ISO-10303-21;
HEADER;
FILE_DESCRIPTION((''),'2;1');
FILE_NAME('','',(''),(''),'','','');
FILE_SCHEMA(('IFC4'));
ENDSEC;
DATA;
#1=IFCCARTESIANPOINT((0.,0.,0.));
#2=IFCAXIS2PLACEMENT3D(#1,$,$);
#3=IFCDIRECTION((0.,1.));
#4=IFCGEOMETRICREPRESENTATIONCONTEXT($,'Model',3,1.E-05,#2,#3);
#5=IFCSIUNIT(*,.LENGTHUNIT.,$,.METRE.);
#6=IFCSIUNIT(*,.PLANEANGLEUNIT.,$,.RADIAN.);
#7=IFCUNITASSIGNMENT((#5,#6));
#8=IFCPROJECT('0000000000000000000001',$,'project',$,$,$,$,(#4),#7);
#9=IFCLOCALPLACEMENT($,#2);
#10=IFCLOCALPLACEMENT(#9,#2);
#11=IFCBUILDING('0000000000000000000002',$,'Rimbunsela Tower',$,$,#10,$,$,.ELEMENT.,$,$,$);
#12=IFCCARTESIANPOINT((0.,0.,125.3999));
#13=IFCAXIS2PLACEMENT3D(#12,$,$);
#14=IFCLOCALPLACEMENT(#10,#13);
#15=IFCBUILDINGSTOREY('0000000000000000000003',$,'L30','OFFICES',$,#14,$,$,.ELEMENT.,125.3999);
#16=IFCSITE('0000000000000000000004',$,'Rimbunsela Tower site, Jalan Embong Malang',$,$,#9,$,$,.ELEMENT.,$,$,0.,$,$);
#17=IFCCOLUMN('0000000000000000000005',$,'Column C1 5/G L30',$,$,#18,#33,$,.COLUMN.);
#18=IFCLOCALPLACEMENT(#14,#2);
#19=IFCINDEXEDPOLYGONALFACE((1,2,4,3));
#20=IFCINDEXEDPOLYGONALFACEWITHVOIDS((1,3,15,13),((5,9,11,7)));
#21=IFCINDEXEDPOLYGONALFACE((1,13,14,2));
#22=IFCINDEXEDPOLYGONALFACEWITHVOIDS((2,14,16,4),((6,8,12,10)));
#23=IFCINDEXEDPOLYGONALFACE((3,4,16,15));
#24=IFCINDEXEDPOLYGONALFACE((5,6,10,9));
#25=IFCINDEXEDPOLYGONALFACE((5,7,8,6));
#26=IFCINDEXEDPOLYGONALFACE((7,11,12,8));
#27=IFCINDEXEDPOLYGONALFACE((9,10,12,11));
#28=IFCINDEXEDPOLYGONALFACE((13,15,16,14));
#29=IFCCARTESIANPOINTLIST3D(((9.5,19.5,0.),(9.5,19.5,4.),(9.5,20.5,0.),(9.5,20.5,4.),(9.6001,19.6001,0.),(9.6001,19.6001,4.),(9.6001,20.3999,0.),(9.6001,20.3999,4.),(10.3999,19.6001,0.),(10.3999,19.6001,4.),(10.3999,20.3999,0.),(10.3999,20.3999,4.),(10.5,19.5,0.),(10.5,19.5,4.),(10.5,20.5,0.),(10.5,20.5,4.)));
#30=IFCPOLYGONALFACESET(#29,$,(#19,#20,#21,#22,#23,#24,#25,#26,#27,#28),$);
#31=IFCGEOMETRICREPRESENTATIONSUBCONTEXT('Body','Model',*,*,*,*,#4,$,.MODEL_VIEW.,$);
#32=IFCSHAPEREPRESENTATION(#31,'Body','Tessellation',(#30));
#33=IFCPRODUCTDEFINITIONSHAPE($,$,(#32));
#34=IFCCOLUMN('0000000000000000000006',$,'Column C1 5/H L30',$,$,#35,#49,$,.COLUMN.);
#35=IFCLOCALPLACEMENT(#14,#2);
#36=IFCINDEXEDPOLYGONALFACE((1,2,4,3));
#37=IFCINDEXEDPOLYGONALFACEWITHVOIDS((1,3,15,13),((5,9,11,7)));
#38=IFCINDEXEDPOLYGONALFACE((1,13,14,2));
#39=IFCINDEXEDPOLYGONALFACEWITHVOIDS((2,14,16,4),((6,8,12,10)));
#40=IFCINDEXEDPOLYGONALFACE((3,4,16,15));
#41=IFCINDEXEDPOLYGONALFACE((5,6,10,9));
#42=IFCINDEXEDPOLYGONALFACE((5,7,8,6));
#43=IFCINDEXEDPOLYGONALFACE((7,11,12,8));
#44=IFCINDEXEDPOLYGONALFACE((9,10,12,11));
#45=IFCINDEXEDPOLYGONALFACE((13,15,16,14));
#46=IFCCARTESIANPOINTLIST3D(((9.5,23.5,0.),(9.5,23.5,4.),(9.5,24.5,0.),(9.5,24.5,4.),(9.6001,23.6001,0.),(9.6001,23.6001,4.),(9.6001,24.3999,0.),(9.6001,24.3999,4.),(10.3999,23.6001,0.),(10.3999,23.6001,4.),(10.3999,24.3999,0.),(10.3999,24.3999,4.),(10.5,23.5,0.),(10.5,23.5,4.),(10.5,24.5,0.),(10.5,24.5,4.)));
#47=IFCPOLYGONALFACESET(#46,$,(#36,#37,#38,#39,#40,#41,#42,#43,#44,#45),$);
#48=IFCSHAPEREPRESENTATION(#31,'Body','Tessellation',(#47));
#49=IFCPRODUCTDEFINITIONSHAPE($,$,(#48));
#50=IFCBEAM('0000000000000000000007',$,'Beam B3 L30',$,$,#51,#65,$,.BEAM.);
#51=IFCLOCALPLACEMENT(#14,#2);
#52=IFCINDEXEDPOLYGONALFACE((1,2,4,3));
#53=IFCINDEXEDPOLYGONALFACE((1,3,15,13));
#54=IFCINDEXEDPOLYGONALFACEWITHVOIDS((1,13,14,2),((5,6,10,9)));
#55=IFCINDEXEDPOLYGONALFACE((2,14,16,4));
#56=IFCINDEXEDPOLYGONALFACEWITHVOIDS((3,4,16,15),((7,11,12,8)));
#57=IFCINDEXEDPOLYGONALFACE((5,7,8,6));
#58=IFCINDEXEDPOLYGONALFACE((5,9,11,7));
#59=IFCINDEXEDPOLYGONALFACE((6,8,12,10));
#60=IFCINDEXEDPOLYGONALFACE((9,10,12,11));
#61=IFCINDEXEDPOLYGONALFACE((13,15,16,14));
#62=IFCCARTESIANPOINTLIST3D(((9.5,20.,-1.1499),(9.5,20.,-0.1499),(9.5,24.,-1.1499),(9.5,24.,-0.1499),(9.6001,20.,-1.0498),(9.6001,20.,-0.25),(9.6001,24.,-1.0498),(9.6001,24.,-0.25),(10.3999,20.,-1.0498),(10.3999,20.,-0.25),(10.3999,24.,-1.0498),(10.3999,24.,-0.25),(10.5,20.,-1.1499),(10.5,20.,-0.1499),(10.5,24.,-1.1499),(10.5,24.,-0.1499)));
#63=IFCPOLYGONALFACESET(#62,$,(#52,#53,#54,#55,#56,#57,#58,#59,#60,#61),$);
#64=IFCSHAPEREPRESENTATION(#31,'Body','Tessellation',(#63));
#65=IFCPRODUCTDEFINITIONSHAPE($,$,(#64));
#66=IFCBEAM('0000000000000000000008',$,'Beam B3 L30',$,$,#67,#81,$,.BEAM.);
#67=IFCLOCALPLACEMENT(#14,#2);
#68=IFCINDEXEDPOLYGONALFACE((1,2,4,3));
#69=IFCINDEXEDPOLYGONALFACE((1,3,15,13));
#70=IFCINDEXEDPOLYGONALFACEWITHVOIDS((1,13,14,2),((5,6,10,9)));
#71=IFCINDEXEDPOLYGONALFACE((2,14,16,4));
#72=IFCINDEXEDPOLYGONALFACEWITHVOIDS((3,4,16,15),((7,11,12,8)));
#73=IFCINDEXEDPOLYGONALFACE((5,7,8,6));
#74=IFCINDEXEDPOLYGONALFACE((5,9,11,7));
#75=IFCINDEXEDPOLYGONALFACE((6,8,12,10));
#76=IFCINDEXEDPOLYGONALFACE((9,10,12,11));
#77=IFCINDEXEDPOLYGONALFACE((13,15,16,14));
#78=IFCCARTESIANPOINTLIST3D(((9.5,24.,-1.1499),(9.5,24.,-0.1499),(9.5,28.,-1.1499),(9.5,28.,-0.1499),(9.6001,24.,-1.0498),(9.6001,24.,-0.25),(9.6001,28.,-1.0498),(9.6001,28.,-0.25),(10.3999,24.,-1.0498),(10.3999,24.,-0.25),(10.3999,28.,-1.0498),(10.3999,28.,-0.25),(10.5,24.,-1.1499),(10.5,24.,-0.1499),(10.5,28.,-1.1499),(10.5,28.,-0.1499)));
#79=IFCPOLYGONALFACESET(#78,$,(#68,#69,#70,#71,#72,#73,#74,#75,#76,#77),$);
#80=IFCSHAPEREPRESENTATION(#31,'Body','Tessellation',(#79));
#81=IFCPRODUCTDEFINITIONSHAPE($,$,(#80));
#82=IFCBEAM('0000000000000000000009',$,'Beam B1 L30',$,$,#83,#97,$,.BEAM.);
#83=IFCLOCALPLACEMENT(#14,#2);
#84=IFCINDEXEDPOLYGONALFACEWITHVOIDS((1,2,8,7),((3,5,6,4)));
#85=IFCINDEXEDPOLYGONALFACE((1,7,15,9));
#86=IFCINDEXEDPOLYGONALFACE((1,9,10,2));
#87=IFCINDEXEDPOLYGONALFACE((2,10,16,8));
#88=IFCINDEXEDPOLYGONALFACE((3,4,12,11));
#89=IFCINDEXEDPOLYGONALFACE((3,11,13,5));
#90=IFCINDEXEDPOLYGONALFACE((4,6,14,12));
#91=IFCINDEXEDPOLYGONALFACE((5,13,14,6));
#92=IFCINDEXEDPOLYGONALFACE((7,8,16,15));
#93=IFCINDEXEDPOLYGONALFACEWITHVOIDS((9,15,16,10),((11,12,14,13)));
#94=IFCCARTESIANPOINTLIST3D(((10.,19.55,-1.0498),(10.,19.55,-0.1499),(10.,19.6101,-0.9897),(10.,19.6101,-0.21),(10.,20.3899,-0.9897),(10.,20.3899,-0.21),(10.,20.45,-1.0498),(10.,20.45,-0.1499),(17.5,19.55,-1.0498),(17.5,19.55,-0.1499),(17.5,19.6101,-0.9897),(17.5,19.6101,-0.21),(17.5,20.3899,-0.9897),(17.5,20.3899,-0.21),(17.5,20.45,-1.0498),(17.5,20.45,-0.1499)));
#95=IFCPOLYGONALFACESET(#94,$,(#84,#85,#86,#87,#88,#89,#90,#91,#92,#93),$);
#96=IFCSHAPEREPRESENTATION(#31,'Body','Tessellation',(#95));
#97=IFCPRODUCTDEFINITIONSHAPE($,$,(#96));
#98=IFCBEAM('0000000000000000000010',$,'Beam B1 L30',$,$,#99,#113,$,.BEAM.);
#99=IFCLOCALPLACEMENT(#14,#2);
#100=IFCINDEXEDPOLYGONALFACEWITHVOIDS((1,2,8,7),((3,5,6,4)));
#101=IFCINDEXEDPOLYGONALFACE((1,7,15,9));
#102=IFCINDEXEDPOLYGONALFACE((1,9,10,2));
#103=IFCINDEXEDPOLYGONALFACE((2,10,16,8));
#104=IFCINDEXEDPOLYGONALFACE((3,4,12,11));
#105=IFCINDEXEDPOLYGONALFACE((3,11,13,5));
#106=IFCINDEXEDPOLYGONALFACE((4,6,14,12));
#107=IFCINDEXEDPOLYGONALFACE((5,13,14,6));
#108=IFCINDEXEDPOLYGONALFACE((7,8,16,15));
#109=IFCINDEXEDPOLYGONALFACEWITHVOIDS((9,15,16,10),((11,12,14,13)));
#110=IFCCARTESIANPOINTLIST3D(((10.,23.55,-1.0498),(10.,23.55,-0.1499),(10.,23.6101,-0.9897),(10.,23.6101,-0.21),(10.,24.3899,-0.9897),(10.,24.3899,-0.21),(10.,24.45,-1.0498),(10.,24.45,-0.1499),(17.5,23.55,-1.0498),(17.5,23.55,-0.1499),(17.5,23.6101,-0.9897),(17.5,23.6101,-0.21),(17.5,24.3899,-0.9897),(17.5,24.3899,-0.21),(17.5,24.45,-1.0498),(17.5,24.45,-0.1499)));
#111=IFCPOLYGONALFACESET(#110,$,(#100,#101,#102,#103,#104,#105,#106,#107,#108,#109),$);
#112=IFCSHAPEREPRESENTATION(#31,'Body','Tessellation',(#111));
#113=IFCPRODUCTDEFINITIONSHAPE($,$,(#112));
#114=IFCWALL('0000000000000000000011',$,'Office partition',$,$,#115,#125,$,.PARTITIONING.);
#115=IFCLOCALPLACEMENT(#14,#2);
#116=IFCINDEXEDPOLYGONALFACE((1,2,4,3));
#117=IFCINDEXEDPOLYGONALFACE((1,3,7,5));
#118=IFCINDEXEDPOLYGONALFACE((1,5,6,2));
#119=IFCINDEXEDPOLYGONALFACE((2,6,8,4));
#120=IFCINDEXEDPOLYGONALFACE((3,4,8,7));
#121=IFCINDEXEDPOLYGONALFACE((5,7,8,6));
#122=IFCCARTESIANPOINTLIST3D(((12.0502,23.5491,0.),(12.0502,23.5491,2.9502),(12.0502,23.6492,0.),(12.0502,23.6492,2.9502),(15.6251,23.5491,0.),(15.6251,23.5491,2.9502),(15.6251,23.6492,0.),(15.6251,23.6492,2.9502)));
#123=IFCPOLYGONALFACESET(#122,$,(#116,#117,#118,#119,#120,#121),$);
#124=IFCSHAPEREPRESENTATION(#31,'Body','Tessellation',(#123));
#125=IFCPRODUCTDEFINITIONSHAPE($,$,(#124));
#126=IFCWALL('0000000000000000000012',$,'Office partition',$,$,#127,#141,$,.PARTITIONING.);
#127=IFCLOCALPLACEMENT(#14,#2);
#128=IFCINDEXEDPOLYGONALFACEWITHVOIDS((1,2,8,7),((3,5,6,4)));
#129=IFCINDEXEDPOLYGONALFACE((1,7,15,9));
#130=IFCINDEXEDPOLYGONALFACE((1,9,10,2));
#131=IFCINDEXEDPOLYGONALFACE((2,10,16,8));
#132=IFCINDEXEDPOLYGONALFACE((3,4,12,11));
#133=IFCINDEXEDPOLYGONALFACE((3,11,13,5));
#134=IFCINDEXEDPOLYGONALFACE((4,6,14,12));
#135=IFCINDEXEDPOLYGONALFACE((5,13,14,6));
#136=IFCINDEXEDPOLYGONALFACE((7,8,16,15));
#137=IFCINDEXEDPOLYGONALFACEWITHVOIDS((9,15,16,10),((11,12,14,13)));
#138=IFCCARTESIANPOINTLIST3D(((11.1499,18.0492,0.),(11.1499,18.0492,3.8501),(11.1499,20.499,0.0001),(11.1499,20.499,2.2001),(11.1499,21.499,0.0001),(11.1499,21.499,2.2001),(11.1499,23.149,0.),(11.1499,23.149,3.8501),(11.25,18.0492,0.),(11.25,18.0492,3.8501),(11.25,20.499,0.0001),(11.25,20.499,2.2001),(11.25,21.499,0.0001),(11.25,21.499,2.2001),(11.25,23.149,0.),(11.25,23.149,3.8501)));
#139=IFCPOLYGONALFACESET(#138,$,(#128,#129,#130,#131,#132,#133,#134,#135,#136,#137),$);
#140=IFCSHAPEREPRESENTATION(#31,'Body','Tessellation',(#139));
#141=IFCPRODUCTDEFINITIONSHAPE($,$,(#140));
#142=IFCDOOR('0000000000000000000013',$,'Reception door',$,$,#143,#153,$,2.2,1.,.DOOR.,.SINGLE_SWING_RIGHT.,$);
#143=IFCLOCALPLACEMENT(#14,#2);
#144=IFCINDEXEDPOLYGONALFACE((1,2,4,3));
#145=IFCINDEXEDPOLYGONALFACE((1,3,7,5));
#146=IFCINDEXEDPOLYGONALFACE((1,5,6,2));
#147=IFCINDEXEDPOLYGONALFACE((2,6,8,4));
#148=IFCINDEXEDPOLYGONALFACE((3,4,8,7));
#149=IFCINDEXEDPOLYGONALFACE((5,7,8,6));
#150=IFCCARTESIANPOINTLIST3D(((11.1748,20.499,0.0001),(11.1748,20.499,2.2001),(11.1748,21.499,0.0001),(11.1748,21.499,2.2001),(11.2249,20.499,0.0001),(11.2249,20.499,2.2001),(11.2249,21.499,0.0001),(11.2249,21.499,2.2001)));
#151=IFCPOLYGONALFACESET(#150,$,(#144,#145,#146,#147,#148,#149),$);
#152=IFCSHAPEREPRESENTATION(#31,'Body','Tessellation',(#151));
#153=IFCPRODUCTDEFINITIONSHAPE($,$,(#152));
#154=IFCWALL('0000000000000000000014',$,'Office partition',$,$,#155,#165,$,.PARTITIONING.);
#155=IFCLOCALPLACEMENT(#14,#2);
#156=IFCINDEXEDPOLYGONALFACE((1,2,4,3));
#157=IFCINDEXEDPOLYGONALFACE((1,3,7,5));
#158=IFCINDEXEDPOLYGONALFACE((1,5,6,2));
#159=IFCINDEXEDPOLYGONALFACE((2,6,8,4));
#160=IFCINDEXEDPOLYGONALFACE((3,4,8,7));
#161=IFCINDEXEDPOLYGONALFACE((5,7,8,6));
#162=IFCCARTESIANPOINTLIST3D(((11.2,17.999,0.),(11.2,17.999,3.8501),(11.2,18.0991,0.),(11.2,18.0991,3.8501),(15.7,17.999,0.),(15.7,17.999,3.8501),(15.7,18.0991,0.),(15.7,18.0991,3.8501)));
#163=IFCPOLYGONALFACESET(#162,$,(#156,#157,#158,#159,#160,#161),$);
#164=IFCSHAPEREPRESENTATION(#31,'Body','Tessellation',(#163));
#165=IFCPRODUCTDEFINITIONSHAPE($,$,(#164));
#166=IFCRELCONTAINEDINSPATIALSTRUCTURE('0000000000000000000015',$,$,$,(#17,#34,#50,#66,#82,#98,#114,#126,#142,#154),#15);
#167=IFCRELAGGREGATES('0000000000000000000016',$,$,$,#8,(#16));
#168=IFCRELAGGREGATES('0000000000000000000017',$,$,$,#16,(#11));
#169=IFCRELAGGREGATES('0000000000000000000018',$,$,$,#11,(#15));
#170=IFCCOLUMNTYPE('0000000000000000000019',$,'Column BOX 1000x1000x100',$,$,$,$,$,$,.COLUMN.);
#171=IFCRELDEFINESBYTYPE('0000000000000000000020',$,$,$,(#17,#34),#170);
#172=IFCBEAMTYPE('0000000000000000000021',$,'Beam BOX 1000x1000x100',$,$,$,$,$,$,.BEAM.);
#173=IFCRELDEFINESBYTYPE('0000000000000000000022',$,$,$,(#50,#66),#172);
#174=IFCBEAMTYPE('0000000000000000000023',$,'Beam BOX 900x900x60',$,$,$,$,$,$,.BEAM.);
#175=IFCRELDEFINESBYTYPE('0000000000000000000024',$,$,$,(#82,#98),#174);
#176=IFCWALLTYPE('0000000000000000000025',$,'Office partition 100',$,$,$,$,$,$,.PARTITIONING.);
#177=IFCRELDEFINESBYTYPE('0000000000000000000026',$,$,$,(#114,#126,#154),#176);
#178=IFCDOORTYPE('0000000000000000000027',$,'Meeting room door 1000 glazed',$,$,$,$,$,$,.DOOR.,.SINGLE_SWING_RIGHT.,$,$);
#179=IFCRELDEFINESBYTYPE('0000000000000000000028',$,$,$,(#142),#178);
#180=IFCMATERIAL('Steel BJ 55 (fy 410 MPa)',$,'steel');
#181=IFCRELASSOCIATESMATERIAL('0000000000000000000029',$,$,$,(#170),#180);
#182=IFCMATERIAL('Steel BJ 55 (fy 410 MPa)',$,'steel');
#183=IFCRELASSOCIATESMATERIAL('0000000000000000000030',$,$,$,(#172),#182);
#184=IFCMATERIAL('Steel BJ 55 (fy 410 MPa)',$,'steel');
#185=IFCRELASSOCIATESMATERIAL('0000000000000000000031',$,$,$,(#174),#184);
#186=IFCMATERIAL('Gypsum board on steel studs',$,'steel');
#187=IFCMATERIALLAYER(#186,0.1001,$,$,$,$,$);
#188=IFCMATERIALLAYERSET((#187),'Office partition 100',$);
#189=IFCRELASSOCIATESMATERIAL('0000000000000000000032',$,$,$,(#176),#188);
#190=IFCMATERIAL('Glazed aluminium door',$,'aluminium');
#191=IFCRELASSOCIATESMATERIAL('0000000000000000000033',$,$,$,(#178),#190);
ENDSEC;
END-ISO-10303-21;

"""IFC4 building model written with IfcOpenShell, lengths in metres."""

from ifc_helpers import new_model, si_unit, direction, frame, frame_2d, origin, origin_2d, place, context, subcontext, project, spatial, rectangle, hollow_rectangle, extrude, material, layer, layer_set, material_profile, profile_set, type_object, element, fill, save


model = new_model("IFC4")

# Units and contexts
model_context = context("Model", 3, precision=1e-05, world=origin(), true_north=direction((0.0, 1.0)))
body_context = subcontext(model_context, "Body", "Model", "MODEL_VIEW")
ifc_project = project(units=[si_unit("LENGTHUNIT", "METRE"), si_unit("PLANEANGLEUNIT", "RADIAN")], contexts=[model_context])

# Site, building, storey
site_placement = place(None, origin())
site = spatial("IfcSite", under=ifc_project, at=site_placement, Name="Rimbunsela Tower site, Jalan Embong Malang", CompositionType="ELEMENT", RefElevation=0.0)
building_placement = place(site_placement, origin())
building = spatial("IfcBuilding", under=site, at=building_placement, Name="Rimbunsela Tower", CompositionType="ELEMENT")
storey_placement = place(building_placement, frame((0.0, 0.0, 125.3999)))
storey = spatial("IfcBuildingStorey", under=building, at=storey_placement, Name="L30", Description="OFFICES", CompositionType="ELEMENT", Elevation=125.3999)

# Columns
ifc_material_1 = material(Name="Steel BJ 55 (fy 410 MPa)", Category="steel")
ifc_material_profile_1 = material_profile(ifc_material_1, hollow_rectangle(XDim=1.0, YDim=1.0, WallThickness=0.1001, at=origin_2d()), Name="BOX 1000x1000x100")
ifc_profile_set_1 = profile_set([ifc_material_profile_1], Name="Steel BJ 55 (fy 410 MPa)")
column_type = type_object("IfcColumnType", Name="Column BOX 1000x1000x100", PredefinedType="COLUMN", material=ifc_profile_set_1)
for number, where, z_axis, x_axis, name in (
    (1, (10.0, 20.0, 0.0), (0.0, 0.0, 1.0), (1.0, 0.0, 0.0), "Column C1 5/G L30"),
    (2, (10.0, 24.0, 0.0), (0.0, 0.0, 1.0), (1.0, 0.0, 0.0), "Column C1 5/H L30"),
):
    element("IfcColumn", number, at=place(storey_placement, frame(where, z_axis=z_axis, x_axis=x_axis)), inside=storey, type_object=column_type, Name=name, PredefinedType="COLUMN", context=body_context, shape_type="SweptSolid", body=[
        extrude(hollow_rectangle(XDim=1.0, YDim=1.0, WallThickness=0.1001, at=origin_2d()), origin(), (0.0, 0.0, 1.0), 4.0),
    ])

# Beams
ifc_material_2 = material(Name="Steel BJ 55 (fy 410 MPa)", Category="steel")
ifc_material_profile_2 = material_profile(ifc_material_2, hollow_rectangle(XDim=1.0, YDim=1.0, WallThickness=0.1001, at=origin_2d()), Name="BOX 1000x1000x100")
ifc_profile_set_2 = profile_set([ifc_material_profile_2], Name="Steel BJ 55 (fy 410 MPa)")
beam_type_1 = type_object("IfcBeamType", Name="Beam BOX 1000x1000x100", PredefinedType="BEAM", material=ifc_profile_set_2)
for number, where, z_axis, x_axis, name in (
    (3, (10.0, 20.0, -0.6499), (0.0, 1.0, 0.0), (-1.0, 0.0, 0.0), "Beam B3 L30"),
    (4, (10.0, 24.0, -0.6499), (0.0, 1.0, 0.0), (-1.0, 0.0, 0.0), "Beam B3 L30"),
):
    element("IfcBeam", number, at=place(storey_placement, frame(where, z_axis=z_axis, x_axis=x_axis)), inside=storey, type_object=beam_type_1, Name=name, PredefinedType="BEAM", context=body_context, shape_type="SweptSolid", body=[
        extrude(hollow_rectangle(XDim=1.0, YDim=1.0, WallThickness=0.1001, at=origin_2d()), origin(), (0.0, 0.0, 1.0), 4.0),
    ])
ifc_material_3 = material(Name="Steel BJ 55 (fy 410 MPa)", Category="steel")
ifc_material_profile_3 = material_profile(ifc_material_3, hollow_rectangle(XDim=0.8999, YDim=0.8999, WallThickness=0.0601, at=origin_2d()), Name="BOX 900x900x60")
ifc_profile_set_3 = profile_set([ifc_material_profile_3], Name="Steel BJ 55 (fy 410 MPa)")
beam_type_2 = type_object("IfcBeamType", Name="Beam BOX 900x900x60", PredefinedType="BEAM", material=ifc_profile_set_3)
for number, where, z_axis, x_axis, name in (
    (5, (10.0, 20.0, -0.5999), (1.0, 0.0, 0.0), (0.0, 1.0, 0.0), "Beam B1 L30"),
    (6, (10.0, 24.0, -0.5999), (1.0, 0.0, 0.0), (0.0, 1.0, 0.0), "Beam B1 L30"),
):
    element("IfcBeam", number, at=place(storey_placement, frame(where, z_axis=z_axis, x_axis=x_axis)), inside=storey, type_object=beam_type_2, Name=name, PredefinedType="BEAM", context=body_context, shape_type="SweptSolid", body=[
        extrude(hollow_rectangle(XDim=0.8999, YDim=0.8999, WallThickness=0.0601, at=origin_2d()), origin(), (0.0, 0.0, 1.0), 7.5),
    ])

# Wall
ifc_material_4 = material(Name="Gypsum board on steel studs", Category="steel")
ifc_layer_1 = layer(ifc_material_4, 0.1001)
ifc_layer_set_1 = layer_set([ifc_layer_1], Name="Office partition 100")
wall_type_1 = type_object("IfcWallType", Name="Office partition 100", PredefinedType="PARTITIONING", material=ifc_layer_set_1)
wall_1_placement = place(storey_placement, frame((12.05, 23.5991, 0.0), z_axis=(0.0, 0.0, 1.0), x_axis=(1.0, 0.0, 0.0)))
element("IfcWall", 7, at=wall_1_placement, inside=storey, type_object=wall_type_1, Name="Office partition", PredefinedType="PARTITIONING", context=body_context, shape_type="SweptSolid", body=[
    extrude(rectangle(XDim=3.575, YDim=0.1001, at=frame_2d((1.7876, 0.0))), origin(), (0.0, 0.0, 1.0), 2.9502),
])

# Wall, opening, door
wall_2_placement = place(storey_placement, frame((11.2, 23.1489, 0.0), z_axis=(0.0, 0.0, 1.0), x_axis=(0.0, -1.0, 0.0)))
wall_2 = element("IfcWall", 8, at=wall_2_placement, inside=storey, type_object=wall_type_1, Name="Office partition", PredefinedType="PARTITIONING", context=body_context, shape_type="SweptSolid", body=[
    extrude(rectangle(XDim=5.0999, YDim=0.1001, at=frame_2d((2.5498, 0.0))), origin(), (0.0, 0.0, 1.0), 3.8501),
])
opening_1_placement = place(wall_2_placement, frame((1.6499, 0.0, 0.0)))
opening_1 = element("IfcOpeningElement", 9, at=opening_1_placement, cuts=wall_2, PredefinedType="OPENING", context=body_context, shape_type="SweptSolid", body=[
    extrude(rectangle(XDim=1.0, YDim=2.2, at=frame_2d((0.5, 1.1001))), frame((0.0, 0.0601, 0.0), z_axis=(0.0, -1.0, 0.0), x_axis=(1.0, 0.0, 0.0)), (0.0, 0.0, 1.0), 0.1201),
])
ifc_material_5 = material(Name="Glazed aluminium door", Category="aluminium")
door_type = type_object("IfcDoorType", Name="Meeting room door 1000 glazed", OperationType="SINGLE_SWING_RIGHT", PredefinedType="DOOR", material=ifc_material_5)
door_placement = place(opening_1_placement, origin())
door = element("IfcDoor", 10, at=door_placement, inside=storey, type_object=door_type, Name="Reception door", OperationType="SINGLE_SWING_RIGHT", OverallHeight=2.2, OverallWidth=1.0, PredefinedType="DOOR", context=body_context, shape_type="SweptSolid", body=[
    extrude(rectangle(XDim=1.0, YDim=2.2, at=frame_2d((0.5, 1.1001))), frame((0.0, 0.0249, 0.0), z_axis=(0.0, -1.0, 0.0), x_axis=(1.0, 0.0, 0.0)), (0.0, 0.0, 1.0), 0.05),
])
fill(opening_1, door)

# Wall
wall_3_placement = place(storey_placement, frame((11.2, 18.0491, 0.0), z_axis=(0.0, 0.0, 1.0), x_axis=(1.0, 0.0, 0.0)))
element("IfcWall", 11, at=wall_3_placement, inside=storey, type_object=wall_type_1, Name="Office partition", PredefinedType="PARTITIONING", context=body_context, shape_type="SweptSolid", body=[
    extrude(rectangle(XDim=4.5, YDim=0.1001, at=frame_2d((2.25, 0.0))), origin(), (0.0, 0.0, 1.0), 3.8501),
])

save(model, "model.ifc")
